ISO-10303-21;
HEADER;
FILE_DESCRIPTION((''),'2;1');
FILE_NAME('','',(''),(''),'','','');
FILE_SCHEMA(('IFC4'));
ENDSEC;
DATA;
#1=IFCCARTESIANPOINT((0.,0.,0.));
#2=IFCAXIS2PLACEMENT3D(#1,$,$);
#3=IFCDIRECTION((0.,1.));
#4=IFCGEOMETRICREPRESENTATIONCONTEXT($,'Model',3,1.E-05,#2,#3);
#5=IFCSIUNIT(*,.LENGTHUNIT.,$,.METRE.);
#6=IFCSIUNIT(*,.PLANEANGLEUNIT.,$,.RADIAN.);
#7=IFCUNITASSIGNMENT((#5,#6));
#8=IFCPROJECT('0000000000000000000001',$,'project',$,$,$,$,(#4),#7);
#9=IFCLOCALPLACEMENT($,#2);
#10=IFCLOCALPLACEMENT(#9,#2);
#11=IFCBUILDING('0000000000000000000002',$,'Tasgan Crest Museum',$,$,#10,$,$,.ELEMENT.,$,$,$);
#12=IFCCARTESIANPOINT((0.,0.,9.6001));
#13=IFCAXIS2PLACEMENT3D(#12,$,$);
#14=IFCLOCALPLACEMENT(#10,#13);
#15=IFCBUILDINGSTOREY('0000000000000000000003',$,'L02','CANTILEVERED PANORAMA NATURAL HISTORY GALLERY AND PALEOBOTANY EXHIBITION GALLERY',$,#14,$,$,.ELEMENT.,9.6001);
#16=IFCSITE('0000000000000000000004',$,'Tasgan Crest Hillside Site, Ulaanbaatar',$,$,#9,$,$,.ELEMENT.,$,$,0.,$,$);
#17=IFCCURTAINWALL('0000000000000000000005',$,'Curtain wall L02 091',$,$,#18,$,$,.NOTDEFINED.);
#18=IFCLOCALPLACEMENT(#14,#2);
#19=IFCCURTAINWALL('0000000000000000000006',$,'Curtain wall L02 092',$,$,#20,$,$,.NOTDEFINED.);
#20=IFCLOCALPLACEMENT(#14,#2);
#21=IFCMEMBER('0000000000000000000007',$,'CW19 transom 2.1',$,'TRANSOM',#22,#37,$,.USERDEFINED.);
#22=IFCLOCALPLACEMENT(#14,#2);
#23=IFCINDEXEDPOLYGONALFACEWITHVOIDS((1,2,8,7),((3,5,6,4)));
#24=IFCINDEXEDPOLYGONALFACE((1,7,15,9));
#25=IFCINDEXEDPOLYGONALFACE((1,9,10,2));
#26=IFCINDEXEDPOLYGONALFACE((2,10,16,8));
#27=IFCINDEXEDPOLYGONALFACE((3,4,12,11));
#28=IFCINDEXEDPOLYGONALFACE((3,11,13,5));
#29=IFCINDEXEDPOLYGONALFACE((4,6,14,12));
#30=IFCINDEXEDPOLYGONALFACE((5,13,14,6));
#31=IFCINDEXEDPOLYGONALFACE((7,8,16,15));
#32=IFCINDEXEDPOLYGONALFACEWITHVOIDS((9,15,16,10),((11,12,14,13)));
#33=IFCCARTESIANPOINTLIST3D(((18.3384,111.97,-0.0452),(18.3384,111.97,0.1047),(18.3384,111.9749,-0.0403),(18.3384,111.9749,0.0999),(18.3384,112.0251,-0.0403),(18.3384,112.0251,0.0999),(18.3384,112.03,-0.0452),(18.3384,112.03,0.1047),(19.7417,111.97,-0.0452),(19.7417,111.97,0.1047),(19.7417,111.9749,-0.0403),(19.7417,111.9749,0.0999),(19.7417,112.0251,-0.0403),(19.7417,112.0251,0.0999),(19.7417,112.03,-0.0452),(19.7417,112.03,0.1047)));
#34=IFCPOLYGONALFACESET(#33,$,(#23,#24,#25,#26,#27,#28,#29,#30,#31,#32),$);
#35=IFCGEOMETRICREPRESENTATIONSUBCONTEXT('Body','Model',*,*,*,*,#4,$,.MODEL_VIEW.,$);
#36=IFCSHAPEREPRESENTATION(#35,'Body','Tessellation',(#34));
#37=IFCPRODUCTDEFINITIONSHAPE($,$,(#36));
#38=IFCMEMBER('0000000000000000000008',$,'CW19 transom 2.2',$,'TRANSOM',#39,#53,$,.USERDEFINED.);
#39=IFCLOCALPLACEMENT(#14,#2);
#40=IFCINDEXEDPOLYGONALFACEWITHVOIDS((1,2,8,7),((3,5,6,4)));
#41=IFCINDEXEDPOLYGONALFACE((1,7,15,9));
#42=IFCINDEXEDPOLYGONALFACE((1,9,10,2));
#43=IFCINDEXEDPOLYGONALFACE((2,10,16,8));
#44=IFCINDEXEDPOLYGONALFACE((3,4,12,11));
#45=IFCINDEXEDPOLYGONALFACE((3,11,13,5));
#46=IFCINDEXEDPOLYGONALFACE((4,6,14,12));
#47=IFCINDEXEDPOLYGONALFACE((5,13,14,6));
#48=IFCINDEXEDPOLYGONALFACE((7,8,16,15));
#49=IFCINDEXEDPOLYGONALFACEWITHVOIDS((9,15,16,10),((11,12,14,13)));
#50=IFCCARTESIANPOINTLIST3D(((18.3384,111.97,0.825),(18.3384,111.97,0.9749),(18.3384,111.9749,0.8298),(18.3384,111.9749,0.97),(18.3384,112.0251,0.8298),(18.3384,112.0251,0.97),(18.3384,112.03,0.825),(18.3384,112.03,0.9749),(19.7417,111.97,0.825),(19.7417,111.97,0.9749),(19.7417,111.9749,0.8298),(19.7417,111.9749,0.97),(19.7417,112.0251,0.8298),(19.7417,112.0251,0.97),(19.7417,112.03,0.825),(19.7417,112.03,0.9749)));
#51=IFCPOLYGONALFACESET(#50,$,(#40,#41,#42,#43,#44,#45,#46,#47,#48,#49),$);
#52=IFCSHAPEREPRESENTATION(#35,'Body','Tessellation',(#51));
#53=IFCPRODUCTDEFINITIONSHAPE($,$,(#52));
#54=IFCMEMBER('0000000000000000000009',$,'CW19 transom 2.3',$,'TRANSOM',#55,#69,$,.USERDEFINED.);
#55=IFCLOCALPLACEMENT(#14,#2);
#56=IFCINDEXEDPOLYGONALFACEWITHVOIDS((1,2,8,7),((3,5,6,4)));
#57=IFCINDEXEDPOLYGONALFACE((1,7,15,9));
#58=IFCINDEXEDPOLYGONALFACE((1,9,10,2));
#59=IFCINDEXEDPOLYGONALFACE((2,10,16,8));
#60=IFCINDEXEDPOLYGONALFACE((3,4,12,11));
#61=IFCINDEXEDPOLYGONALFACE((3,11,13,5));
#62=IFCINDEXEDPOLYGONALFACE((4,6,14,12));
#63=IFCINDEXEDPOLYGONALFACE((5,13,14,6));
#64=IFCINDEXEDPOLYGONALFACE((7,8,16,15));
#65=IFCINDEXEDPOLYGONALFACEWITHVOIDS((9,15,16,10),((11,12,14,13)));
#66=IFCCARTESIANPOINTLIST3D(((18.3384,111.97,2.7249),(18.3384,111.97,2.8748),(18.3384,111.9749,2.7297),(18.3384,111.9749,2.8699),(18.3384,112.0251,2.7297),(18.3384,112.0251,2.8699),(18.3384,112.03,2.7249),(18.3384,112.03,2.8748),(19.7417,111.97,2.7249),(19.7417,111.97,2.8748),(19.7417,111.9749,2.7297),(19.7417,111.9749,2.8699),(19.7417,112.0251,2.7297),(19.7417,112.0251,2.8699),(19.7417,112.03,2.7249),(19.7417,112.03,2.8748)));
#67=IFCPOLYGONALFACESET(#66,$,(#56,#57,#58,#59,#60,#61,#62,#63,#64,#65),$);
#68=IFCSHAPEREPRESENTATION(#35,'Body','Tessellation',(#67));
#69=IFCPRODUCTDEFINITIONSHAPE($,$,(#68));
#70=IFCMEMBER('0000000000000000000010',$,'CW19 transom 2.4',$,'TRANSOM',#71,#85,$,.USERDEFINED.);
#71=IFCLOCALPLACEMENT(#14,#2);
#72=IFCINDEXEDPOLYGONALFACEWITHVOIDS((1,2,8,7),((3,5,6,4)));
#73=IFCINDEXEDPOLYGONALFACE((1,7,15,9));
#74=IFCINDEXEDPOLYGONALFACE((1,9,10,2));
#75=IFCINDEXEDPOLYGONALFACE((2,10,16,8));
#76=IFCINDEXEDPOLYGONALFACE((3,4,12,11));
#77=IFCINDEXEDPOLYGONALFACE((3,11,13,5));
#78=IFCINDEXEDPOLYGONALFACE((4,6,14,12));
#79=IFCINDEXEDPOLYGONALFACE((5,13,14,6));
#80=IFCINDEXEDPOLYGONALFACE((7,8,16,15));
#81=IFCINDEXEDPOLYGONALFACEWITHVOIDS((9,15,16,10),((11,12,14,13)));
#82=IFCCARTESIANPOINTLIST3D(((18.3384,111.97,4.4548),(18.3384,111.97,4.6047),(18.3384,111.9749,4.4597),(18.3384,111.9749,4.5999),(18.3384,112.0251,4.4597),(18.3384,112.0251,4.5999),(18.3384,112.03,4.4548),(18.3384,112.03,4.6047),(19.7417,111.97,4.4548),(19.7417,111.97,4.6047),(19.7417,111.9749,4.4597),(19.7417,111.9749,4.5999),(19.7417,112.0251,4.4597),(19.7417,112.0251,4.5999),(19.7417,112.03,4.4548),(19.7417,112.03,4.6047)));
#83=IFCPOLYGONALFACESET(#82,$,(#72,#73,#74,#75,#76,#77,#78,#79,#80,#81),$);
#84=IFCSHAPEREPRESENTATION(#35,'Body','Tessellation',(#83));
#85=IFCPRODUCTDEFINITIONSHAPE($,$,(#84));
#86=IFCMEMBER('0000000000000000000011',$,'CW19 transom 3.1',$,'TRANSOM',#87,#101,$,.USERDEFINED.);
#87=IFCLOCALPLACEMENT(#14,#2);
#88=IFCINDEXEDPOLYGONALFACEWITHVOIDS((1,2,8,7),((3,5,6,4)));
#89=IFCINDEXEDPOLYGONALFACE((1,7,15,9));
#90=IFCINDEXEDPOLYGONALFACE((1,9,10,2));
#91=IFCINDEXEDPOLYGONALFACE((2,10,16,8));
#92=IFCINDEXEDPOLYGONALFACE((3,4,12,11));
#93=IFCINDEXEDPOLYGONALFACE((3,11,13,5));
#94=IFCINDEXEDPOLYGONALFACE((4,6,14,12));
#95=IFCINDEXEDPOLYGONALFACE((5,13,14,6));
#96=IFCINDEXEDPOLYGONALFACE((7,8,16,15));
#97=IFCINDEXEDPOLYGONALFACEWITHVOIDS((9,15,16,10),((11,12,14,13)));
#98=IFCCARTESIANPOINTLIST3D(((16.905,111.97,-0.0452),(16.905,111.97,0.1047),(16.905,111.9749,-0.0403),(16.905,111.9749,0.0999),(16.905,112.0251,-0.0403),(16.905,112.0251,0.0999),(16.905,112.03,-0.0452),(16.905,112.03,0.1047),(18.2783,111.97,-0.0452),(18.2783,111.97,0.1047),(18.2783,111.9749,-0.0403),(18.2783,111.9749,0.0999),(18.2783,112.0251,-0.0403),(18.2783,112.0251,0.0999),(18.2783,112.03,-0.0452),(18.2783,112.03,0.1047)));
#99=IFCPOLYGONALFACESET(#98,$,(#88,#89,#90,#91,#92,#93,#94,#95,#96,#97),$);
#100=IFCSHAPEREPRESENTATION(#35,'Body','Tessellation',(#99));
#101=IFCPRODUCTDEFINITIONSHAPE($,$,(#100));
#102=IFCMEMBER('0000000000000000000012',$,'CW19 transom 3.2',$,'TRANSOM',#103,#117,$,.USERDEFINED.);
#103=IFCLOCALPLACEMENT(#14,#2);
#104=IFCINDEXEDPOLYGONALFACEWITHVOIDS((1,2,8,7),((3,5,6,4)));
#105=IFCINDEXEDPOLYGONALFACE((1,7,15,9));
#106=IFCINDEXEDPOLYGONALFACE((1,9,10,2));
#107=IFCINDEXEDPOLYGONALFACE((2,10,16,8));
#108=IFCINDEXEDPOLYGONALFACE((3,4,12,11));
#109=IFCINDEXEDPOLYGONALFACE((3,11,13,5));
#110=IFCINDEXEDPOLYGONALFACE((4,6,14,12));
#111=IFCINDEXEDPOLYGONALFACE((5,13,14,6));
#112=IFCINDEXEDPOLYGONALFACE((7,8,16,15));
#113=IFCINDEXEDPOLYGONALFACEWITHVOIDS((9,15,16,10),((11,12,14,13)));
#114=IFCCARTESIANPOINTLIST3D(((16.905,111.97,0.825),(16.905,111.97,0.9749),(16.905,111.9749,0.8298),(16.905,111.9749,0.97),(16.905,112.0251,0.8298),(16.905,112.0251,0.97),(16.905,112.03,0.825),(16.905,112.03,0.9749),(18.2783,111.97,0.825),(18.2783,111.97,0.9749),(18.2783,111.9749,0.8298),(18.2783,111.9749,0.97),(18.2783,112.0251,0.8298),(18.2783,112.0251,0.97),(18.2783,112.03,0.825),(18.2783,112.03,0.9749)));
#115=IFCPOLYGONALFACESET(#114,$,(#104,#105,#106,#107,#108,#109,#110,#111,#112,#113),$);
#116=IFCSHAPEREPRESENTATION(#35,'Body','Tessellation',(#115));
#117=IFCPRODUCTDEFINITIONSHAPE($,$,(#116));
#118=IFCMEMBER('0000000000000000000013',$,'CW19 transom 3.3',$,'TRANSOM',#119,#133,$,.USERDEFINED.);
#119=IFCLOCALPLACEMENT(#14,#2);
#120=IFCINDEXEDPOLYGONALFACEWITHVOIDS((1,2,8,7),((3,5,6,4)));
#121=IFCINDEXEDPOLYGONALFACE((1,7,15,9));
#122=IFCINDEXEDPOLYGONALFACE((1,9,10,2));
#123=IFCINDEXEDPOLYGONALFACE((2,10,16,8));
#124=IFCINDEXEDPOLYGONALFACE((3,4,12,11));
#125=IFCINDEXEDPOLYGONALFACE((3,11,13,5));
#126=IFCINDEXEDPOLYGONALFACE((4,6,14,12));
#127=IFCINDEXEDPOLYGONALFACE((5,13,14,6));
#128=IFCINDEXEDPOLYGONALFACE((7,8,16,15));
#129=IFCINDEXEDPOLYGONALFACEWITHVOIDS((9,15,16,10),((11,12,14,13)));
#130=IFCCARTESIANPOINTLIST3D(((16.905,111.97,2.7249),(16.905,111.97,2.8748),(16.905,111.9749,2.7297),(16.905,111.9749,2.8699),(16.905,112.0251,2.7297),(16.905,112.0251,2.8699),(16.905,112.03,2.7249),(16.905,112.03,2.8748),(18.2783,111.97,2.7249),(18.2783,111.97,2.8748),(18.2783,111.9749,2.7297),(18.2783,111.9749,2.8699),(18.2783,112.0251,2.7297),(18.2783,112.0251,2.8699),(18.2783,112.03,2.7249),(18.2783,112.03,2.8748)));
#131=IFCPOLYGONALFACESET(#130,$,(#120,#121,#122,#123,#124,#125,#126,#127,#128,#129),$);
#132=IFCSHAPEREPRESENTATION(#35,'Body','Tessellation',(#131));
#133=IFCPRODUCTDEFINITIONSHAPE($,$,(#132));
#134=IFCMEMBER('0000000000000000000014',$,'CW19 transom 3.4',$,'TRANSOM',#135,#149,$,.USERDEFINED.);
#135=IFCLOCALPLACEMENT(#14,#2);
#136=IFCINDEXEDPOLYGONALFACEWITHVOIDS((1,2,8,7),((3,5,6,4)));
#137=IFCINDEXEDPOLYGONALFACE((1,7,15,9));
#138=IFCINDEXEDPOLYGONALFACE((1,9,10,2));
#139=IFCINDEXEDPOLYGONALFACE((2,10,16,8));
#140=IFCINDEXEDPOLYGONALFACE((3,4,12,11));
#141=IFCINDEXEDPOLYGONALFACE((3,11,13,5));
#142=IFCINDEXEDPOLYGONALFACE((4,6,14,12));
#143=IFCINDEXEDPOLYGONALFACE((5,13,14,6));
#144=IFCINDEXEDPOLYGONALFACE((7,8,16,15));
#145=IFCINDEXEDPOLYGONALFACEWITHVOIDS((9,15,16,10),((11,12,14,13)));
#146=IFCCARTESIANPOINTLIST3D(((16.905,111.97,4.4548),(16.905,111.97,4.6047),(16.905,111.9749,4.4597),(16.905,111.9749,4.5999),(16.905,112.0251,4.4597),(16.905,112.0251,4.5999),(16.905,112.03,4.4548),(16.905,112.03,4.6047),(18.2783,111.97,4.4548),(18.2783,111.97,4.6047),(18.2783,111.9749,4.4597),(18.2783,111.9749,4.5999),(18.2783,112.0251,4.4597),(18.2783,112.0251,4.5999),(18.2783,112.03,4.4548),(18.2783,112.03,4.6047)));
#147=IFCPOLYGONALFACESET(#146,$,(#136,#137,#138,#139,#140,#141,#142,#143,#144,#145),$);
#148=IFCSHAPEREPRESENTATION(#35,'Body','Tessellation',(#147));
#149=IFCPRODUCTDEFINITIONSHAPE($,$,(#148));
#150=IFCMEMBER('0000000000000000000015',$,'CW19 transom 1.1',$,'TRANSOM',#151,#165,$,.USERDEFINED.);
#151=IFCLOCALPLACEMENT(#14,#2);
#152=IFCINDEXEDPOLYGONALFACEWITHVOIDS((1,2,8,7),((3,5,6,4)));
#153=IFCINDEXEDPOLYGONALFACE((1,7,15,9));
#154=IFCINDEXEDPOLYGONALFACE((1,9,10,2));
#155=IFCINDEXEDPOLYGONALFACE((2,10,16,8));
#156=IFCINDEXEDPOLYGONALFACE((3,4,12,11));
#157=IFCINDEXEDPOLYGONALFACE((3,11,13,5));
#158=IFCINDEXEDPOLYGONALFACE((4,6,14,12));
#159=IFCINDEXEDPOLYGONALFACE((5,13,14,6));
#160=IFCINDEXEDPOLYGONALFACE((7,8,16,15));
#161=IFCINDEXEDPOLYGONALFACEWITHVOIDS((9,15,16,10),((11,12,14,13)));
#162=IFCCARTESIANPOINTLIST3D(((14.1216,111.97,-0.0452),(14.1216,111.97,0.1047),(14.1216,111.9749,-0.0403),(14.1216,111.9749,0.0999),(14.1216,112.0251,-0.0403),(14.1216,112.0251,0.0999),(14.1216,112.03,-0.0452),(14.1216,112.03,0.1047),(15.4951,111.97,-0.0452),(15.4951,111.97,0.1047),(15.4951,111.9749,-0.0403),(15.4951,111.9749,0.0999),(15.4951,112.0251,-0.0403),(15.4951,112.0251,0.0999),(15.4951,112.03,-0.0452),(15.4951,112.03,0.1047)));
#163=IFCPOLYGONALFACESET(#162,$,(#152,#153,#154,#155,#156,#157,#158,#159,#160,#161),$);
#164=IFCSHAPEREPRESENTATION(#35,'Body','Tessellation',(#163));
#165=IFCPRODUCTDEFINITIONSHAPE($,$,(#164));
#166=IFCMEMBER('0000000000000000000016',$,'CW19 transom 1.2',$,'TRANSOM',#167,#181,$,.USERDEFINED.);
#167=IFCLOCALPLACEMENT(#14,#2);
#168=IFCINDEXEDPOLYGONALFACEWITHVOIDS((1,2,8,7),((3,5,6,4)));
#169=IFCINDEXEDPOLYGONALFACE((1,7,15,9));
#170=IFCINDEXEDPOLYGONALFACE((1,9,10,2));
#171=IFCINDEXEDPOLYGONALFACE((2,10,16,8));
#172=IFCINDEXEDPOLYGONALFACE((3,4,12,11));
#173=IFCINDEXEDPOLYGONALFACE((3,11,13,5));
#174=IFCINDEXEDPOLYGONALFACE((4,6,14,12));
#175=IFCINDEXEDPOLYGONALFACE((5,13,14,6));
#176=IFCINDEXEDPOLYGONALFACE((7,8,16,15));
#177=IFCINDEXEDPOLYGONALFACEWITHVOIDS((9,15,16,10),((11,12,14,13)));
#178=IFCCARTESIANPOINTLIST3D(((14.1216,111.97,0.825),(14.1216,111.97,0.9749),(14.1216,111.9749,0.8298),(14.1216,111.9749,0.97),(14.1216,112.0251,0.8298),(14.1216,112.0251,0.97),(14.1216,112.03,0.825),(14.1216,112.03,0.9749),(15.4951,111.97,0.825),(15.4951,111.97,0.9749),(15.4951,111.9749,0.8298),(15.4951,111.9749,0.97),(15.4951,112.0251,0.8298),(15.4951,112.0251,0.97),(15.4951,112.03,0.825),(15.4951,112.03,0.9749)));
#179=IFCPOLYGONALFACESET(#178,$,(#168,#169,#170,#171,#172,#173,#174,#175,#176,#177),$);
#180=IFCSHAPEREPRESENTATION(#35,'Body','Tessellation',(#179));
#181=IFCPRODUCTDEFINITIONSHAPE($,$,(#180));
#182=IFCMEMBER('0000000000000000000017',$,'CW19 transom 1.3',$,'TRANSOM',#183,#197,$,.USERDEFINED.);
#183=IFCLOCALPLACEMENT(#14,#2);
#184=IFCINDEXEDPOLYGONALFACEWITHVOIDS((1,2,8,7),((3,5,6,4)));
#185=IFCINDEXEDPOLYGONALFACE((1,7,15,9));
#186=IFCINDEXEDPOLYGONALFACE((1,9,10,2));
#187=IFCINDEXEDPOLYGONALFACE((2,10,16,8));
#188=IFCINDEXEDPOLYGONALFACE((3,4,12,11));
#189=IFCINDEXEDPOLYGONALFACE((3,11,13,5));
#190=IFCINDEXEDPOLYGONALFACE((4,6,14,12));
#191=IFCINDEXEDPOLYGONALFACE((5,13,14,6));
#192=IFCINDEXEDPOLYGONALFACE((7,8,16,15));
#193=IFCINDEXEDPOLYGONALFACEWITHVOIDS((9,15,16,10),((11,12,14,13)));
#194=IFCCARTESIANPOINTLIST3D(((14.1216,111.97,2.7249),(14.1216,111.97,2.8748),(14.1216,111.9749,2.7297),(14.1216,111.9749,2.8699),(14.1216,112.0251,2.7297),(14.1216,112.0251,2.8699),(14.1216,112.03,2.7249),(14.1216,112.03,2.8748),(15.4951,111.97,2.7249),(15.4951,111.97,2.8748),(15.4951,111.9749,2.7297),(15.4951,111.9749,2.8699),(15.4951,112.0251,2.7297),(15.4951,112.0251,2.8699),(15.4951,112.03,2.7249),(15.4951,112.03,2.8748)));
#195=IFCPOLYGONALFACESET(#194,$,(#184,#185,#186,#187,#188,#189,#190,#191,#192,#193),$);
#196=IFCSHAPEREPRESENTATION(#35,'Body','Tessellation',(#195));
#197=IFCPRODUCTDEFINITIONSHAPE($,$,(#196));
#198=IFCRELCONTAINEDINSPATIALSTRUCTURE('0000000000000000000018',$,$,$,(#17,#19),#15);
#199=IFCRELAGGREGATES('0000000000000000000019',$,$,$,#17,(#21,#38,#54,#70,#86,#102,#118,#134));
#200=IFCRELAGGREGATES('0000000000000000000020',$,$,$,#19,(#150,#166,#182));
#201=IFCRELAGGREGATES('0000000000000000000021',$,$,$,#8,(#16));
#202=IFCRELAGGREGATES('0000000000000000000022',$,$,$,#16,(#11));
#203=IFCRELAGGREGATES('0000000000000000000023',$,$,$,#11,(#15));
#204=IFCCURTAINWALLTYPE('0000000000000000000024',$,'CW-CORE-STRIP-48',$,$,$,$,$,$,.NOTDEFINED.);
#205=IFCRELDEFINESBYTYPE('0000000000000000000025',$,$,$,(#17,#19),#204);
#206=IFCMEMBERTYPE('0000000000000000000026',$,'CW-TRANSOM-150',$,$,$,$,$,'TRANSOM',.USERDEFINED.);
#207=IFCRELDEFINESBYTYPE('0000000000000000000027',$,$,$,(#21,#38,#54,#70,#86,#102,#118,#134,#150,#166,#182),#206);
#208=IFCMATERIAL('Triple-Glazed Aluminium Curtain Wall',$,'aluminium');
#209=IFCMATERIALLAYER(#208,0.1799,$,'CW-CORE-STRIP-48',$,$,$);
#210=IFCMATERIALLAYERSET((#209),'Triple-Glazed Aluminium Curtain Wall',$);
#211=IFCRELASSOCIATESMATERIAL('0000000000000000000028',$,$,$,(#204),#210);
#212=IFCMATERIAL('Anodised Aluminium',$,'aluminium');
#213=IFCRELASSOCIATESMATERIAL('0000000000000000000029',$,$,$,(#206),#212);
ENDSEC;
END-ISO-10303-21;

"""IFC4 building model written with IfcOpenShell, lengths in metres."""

from ifc_helpers import new_model, si_unit, direction, frame, origin, origin_2d, place, context, subcontext, project, spatial, hollow_rectangle, extrude, material, layer, layer_set, material_profile, profile_set, type_object, element, aggregate, save


model = new_model("IFC4")

# Units and contexts
model_context = context("Model", 3, precision=1e-05, world=origin(), true_north=direction((0.0, 1.0)))
body_context = subcontext(model_context, "Body", "Model", "MODEL_VIEW")
ifc_project = project(units=[si_unit("LENGTHUNIT", "METRE"), si_unit("PLANEANGLEUNIT", "RADIAN")], contexts=[model_context])

# Site, building, storey
site_placement = place(None, origin())
site = spatial("IfcSite", under=ifc_project, at=site_placement, Name="Tasgan Crest Hillside Site, Ulaanbaatar", CompositionType="ELEMENT", RefElevation=0.0)
building_placement = place(site_placement, origin())
building = spatial("IfcBuilding", under=site, at=building_placement, Name="Tasgan Crest Museum", CompositionType="ELEMENT")
storey_placement = place(building_placement, frame((0.0, 0.0, 9.6001)))
storey = spatial("IfcBuildingStorey", under=building, at=storey_placement, Name="L02", Description="CANTILEVERED PANORAMA NATURAL HISTORY GALLERY AND PALEOBOTANY EXHIBITION GALLERY", CompositionType="ELEMENT", Elevation=9.6001)

# Curtain walls
ifc_material_1 = material(Name="Triple-Glazed Aluminium Curtain Wall", Category="aluminium")
ifc_layer_1 = layer(ifc_material_1, 0.1799, Name="CW-CORE-STRIP-48")
ifc_layer_set_1 = layer_set([ifc_layer_1], Name="Triple-Glazed Aluminium Curtain Wall")
curtain_wall_type = type_object("IfcCurtainWallType", Name="CW-CORE-STRIP-48", PredefinedType="NOTDEFINED", material=ifc_layer_set_1)
curtain_wall_1_placement = place(storey_placement, origin())
curtain_wall_1 = element("IfcCurtainWall", 1, at=curtain_wall_1_placement, inside=storey, type_object=curtain_wall_type, Name="Curtain wall L02 091", PredefinedType="NOTDEFINED")
curtain_wall_2_placement = place(storey_placement, origin())
curtain_wall_2 = element("IfcCurtainWall", 2, at=curtain_wall_2_placement, inside=storey, type_object=curtain_wall_type, Name="Curtain wall L02 092", PredefinedType="NOTDEFINED")

# Members
ifc_material_2 = material(Name="Anodised Aluminium", Category="aluminium")
ifc_material_profile_1 = material_profile(ifc_material_2, hollow_rectangle(XDim=0.0601, YDim=0.1499, WallThickness=0.0049, at=origin_2d()), Name="ALU TRANSOM 150x60x5")
ifc_profile_set_1 = profile_set([ifc_material_profile_1], Name="Anodised Aluminium")
member_type_1 = type_object("IfcMemberType", Name="CW-TRANSOM-150", ElementType="TRANSOM", PredefinedType="USERDEFINED", material=ifc_profile_set_1)
member_1_placement = place(storey_placement, frame((19.7417, 112.0, 0.0298), z_axis=(-1.0, 0.0, 0.0), x_axis=(0.0, -1.0, 0.0)))
member_1 = element("IfcMember", 3, at=member_1_placement, type_object=member_type_1, Name="CW19 transom 2.1", ObjectType="TRANSOM", PredefinedType="USERDEFINED", context=body_context, shape_type="SweptSolid", body=[
    extrude(hollow_rectangle(XDim=0.0601, YDim=0.1499, WallThickness=0.0049, at=origin_2d()), origin(), (0.0, 0.0, 1.0), 1.4033),
])
member_2_placement = place(storey_placement, frame((19.7417, 112.0, 0.8999), z_axis=(-1.0, 0.0, 0.0), x_axis=(0.0, -1.0, 0.0)))
member_2 = element("IfcMember", 4, at=member_2_placement, type_object=member_type_1, Name="CW19 transom 2.2", ObjectType="TRANSOM", PredefinedType="USERDEFINED", context=body_context, shape_type="SweptSolid", body=[
    extrude(hollow_rectangle(XDim=0.0601, YDim=0.1499, WallThickness=0.0049, at=origin_2d()), origin(), (0.0, 0.0, 1.0), 1.4033),
])
member_3_placement = place(storey_placement, frame((19.7417, 112.0, 2.7998), z_axis=(-1.0, 0.0, 0.0), x_axis=(0.0, -1.0, 0.0)))
member_3 = element("IfcMember", 5, at=member_3_placement, type_object=member_type_1, Name="CW19 transom 2.3", ObjectType="TRANSOM", PredefinedType="USERDEFINED", context=body_context, shape_type="SweptSolid", body=[
    extrude(hollow_rectangle(XDim=0.0601, YDim=0.1499, WallThickness=0.0049, at=origin_2d()), origin(), (0.0, 0.0, 1.0), 1.4033),
])
member_4_placement = place(storey_placement, frame((19.7417, 112.0, 4.5298), z_axis=(-1.0, 0.0, 0.0), x_axis=(0.0, -1.0, 0.0)))
member_4 = element("IfcMember", 6, at=member_4_placement, type_object=member_type_1, Name="CW19 transom 2.4", ObjectType="TRANSOM", PredefinedType="USERDEFINED", context=body_context, shape_type="SweptSolid", body=[
    extrude(hollow_rectangle(XDim=0.0601, YDim=0.1499, WallThickness=0.0049, at=origin_2d()), origin(), (0.0, 0.0, 1.0), 1.4033),
])
member_5_placement = place(storey_placement, frame((18.2783, 112.0, 0.0298), z_axis=(-1.0, 0.0, 0.0), x_axis=(0.0, -1.0, 0.0)))
member_5 = element("IfcMember", 7, at=member_5_placement, type_object=member_type_1, Name="CW19 transom 3.1", ObjectType="TRANSOM", PredefinedType="USERDEFINED", context=body_context, shape_type="SweptSolid", body=[
    extrude(hollow_rectangle(XDim=0.0601, YDim=0.1499, WallThickness=0.0049, at=origin_2d()), origin(), (0.0, 0.0, 1.0), 1.3733),
])
member_6_placement = place(storey_placement, frame((18.2783, 112.0, 0.8999), z_axis=(-1.0, 0.0, 0.0), x_axis=(0.0, -1.0, 0.0)))
member_6 = element("IfcMember", 8, at=member_6_placement, type_object=member_type_1, Name="CW19 transom 3.2", ObjectType="TRANSOM", PredefinedType="USERDEFINED", context=body_context, shape_type="SweptSolid", body=[
    extrude(hollow_rectangle(XDim=0.0601, YDim=0.1499, WallThickness=0.0049, at=origin_2d()), origin(), (0.0, 0.0, 1.0), 1.3733),
])
member_7_placement = place(storey_placement, frame((18.2783, 112.0, 2.7998), z_axis=(-1.0, 0.0, 0.0), x_axis=(0.0, -1.0, 0.0)))
member_7 = element("IfcMember", 9, at=member_7_placement, type_object=member_type_1, Name="CW19 transom 3.3", ObjectType="TRANSOM", PredefinedType="USERDEFINED", context=body_context, shape_type="SweptSolid", body=[
    extrude(hollow_rectangle(XDim=0.0601, YDim=0.1499, WallThickness=0.0049, at=origin_2d()), origin(), (0.0, 0.0, 1.0), 1.3733),
])
member_8_placement = place(storey_placement, frame((18.2783, 112.0, 4.5298), z_axis=(-1.0, 0.0, 0.0), x_axis=(0.0, -1.0, 0.0)))
member_8 = element("IfcMember", 10, at=member_8_placement, type_object=member_type_1, Name="CW19 transom 3.4", ObjectType="TRANSOM", PredefinedType="USERDEFINED", context=body_context, shape_type="SweptSolid", body=[
    extrude(hollow_rectangle(XDim=0.0601, YDim=0.1499, WallThickness=0.0049, at=origin_2d()), origin(), (0.0, 0.0, 1.0), 1.3733),
])
member_9_placement = place(storey_placement, frame((15.4951, 112.0, 0.0298), z_axis=(-1.0, 0.0, 0.0), x_axis=(0.0, -1.0, 0.0)))
member_9 = element("IfcMember", 11, at=member_9_placement, type_object=member_type_1, Name="CW19 transom 1.1", ObjectType="TRANSOM", PredefinedType="USERDEFINED", context=body_context, shape_type="SweptSolid", body=[
    extrude(hollow_rectangle(XDim=0.0601, YDim=0.1499, WallThickness=0.0049, at=origin_2d()), origin(), (0.0, 0.0, 1.0), 1.3735),
])
member_10_placement = place(storey_placement, frame((15.4951, 112.0, 0.8999), z_axis=(-1.0, 0.0, 0.0), x_axis=(0.0, -1.0, 0.0)))
member_10 = element("IfcMember", 12, at=member_10_placement, type_object=member_type_1, Name="CW19 transom 1.2", ObjectType="TRANSOM", PredefinedType="USERDEFINED", context=body_context, shape_type="SweptSolid", body=[
    extrude(hollow_rectangle(XDim=0.0601, YDim=0.1499, WallThickness=0.0049, at=origin_2d()), origin(), (0.0, 0.0, 1.0), 1.3735),
])
member_11_placement = place(storey_placement, frame((15.4951, 112.0, 2.7998), z_axis=(-1.0, 0.0, 0.0), x_axis=(0.0, -1.0, 0.0)))
member_11 = element("IfcMember", 13, at=member_11_placement, type_object=member_type_1, Name="CW19 transom 1.3", ObjectType="TRANSOM", PredefinedType="USERDEFINED", context=body_context, shape_type="SweptSolid", body=[
    extrude(hollow_rectangle(XDim=0.0601, YDim=0.1499, WallThickness=0.0049, at=origin_2d()), origin(), (0.0, 0.0, 1.0), 1.3735),
])

aggregate(curtain_wall_1, [member_1, member_2, member_3, member_4, member_5, member_6, member_7, member_8])
aggregate(curtain_wall_2, [member_9, member_10, member_11])

save(model, "model.ifc")
